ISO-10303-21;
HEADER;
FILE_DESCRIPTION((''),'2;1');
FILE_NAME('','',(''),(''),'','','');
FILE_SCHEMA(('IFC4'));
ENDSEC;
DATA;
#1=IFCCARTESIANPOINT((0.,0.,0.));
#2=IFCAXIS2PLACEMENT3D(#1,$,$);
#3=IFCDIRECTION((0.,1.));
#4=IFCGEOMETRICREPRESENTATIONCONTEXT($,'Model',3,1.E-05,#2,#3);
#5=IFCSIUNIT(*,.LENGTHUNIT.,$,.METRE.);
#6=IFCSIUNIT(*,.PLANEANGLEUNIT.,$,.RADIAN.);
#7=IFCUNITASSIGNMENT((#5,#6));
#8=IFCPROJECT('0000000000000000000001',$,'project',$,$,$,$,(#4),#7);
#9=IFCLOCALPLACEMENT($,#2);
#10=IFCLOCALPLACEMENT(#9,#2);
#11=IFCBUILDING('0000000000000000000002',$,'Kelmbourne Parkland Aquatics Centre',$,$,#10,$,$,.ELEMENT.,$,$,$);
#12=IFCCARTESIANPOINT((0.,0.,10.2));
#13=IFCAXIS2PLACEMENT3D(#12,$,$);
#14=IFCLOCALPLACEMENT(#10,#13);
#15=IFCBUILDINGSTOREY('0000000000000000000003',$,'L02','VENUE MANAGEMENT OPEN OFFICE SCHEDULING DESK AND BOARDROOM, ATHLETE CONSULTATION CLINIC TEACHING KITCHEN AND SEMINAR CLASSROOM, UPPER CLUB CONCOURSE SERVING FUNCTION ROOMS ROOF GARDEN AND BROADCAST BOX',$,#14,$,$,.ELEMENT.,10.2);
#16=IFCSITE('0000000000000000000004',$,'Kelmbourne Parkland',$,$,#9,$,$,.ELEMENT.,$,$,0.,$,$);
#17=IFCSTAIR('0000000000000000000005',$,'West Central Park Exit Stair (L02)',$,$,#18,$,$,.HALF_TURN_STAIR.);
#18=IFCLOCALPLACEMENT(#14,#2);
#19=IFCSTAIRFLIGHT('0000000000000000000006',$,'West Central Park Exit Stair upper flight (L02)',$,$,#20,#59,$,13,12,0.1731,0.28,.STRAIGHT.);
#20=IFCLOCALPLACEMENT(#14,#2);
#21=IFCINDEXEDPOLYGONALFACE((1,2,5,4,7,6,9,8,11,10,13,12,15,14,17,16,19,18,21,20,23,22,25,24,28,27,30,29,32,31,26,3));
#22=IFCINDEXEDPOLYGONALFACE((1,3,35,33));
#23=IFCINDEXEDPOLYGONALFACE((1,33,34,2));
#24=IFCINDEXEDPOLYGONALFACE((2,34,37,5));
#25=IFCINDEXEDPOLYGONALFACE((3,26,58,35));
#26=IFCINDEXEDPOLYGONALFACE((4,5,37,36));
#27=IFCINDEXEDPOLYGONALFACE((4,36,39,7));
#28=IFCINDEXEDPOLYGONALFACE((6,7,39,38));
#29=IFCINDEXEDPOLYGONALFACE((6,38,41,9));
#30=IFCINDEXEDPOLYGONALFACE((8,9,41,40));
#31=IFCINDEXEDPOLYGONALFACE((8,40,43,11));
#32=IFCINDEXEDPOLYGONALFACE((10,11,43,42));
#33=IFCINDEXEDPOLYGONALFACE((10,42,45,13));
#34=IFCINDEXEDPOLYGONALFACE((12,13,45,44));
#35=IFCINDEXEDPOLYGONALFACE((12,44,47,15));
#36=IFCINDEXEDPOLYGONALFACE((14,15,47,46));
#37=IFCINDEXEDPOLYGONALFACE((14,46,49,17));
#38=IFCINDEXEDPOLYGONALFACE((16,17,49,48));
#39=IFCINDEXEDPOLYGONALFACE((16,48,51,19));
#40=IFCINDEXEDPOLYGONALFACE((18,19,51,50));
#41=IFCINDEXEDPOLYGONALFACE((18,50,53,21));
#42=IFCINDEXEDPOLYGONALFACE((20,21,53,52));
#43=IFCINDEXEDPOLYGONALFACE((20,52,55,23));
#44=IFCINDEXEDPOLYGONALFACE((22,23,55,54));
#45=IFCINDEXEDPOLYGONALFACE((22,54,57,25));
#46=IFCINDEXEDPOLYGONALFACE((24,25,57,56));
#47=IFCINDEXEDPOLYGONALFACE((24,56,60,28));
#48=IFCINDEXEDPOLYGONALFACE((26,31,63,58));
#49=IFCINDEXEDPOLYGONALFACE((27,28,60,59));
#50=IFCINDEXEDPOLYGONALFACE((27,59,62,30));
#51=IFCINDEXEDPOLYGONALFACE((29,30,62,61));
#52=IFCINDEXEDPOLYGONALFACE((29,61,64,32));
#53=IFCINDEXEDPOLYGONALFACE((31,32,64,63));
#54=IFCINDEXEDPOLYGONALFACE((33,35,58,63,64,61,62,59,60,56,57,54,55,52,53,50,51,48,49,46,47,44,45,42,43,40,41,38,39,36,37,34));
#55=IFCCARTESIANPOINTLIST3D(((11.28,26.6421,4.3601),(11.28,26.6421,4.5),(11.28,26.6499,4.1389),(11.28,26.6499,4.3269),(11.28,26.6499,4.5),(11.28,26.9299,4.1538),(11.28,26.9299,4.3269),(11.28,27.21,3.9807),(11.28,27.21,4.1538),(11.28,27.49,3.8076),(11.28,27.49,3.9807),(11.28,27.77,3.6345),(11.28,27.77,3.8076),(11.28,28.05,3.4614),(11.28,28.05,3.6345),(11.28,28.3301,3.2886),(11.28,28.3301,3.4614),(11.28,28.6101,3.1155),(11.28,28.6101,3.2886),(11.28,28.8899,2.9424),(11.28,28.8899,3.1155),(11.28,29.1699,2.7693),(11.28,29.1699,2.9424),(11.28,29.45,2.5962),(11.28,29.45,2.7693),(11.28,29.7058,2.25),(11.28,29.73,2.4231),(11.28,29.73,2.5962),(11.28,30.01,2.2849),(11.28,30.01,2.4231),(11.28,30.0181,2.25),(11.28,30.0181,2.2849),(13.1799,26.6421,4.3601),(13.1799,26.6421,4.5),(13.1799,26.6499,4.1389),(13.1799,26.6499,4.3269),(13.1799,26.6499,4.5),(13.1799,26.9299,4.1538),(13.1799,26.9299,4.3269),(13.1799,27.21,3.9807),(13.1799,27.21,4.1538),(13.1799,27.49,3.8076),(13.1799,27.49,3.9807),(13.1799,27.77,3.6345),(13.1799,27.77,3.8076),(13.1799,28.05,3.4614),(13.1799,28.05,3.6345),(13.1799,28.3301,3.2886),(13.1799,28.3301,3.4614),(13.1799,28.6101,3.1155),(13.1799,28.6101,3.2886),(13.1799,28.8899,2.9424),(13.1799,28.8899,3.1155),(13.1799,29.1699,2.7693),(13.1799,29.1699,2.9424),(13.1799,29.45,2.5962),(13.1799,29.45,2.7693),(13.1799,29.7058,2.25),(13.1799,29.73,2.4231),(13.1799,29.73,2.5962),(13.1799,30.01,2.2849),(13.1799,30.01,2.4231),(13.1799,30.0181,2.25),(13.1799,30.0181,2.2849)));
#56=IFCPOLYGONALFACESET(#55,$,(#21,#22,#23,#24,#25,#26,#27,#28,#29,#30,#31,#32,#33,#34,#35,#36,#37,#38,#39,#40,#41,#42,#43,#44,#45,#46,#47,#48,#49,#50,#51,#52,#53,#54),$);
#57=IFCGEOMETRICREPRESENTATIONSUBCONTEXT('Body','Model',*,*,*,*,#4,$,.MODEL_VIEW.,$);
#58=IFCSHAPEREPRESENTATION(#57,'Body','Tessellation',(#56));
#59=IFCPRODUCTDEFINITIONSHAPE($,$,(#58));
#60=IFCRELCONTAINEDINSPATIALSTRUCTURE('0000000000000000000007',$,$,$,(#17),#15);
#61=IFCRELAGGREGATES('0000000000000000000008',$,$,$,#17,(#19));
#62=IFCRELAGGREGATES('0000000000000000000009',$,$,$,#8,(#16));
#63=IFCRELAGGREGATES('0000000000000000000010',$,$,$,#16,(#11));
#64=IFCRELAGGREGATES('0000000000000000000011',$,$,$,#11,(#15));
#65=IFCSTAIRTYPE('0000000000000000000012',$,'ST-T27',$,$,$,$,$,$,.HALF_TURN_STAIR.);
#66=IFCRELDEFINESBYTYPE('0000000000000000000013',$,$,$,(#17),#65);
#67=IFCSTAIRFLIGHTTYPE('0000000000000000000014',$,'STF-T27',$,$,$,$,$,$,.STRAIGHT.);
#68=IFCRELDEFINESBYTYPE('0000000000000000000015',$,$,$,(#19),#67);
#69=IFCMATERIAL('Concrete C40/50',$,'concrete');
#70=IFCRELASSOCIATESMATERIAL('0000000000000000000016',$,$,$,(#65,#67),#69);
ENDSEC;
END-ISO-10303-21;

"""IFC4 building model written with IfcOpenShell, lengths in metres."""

from ifc_helpers import new_model, si_unit, direction, frame, origin, place, context, subcontext, project, spatial, polyline, outline, extrude, material, type_object, element, aggregate, save


model = new_model("IFC4")

# Units and contexts
model_context = context("Model", 3, precision=1e-05, world=origin(), true_north=direction((0.0, 1.0)))
body_context = subcontext(model_context, "Body", "Model", "MODEL_VIEW")
ifc_project = project(units=[si_unit("LENGTHUNIT", "METRE"), si_unit("PLANEANGLEUNIT", "RADIAN")], contexts=[model_context])

# Site, building, storey
site_placement = place(None, origin())
site = spatial("IfcSite", under=ifc_project, at=site_placement, Name="Kelmbourne Parkland", CompositionType="ELEMENT", RefElevation=0.0)
building_placement = place(site_placement, origin())
building = spatial("IfcBuilding", under=site, at=building_placement, Name="Kelmbourne Parkland Aquatics Centre", CompositionType="ELEMENT")
storey_placement = place(building_placement, frame((0.0, 0.0, 10.2)))
storey = spatial("IfcBuildingStorey", under=building, at=storey_placement, Name="L02", Description="VENUE MANAGEMENT OPEN OFFICE SCHEDULING DESK AND BOARDROOM, ATHLETE CONSULTATION CLINIC TEACHING KITCHEN AND SEMINAR CLASSROOM, UPPER CLUB CONCOURSE SERVING FUNCTION ROOMS ROOF GARDEN AND BROADCAST BOX", CompositionType="ELEMENT", Elevation=10.2)

# Shared definitions
ifc_material_1 = material(Name="Concrete C40/50", Category="concrete")

# Stair, stair flight
stair_type_1 = type_object("IfcStairType", Name="ST-T27", PredefinedType="HALF_TURN_STAIR", material=ifc_material_1)
stair_1_placement = place(storey_placement, origin())
stair_1 = element("IfcStair", 1, at=stair_1_placement, inside=storey, type_object=stair_type_1, Name="West Central Park Exit Stair (L02)", PredefinedType="HALF_TURN_STAIR")
stair_flight_type_1 = type_object("IfcStairFlightType", Name="STF-T27", PredefinedType="STRAIGHT", material=ifc_material_1)
stair_flight_1_placement = place(storey_placement, frame((12.23, 30.01, 2.25), z_axis=(0.0, 0.0, 1.0), x_axis=(0.0, -1.0, 0.0)))
stair_flight_1 = element("IfcStairFlight", 2, at=stair_flight_1_placement, type_object=stair_flight_type_1, Name="West Central Park Exit Stair upper flight (L02)", NumberOfRisers=13, NumberOfTreads=12, PredefinedType="STRAIGHT", RiserHeight=0.1731, TreadLength=0.28, context=body_context, shape_type="SweptSolid", body=[
    extrude(outline(polyline([(-0.0081, 0.0), (-0.0081, 0.0349), (0.0, 0.0349), (0.0, 0.1731), (0.28, 0.1731), (0.28, 0.3462), (0.5601, 0.3462), (0.5601, 0.5193), (0.8401, 0.5193), (0.8401, 0.6924), (1.1201, 0.6924), (1.1201, 0.8655), (1.3999, 0.8655), (1.3999, 1.0386), (1.6799, 1.0386), (1.6799, 1.2114), (1.96, 1.2114), (1.96, 1.3845), (2.24, 1.3845), (2.24, 1.5576), (2.52, 1.5576), (2.52, 1.7307), (2.8, 1.7307), (2.8, 1.9038), (3.0801, 1.9038), (3.0801, 2.0769), (3.3601, 2.0769), (3.3601, 2.25), (3.3679, 2.25), (3.3679, 2.1101), (3.3601, 1.8889), (0.3042, 0.0), (-0.0081, 0.0)])), frame((0.0, 0.95, 0.0), z_axis=(0.0, -1.0, 0.0), x_axis=(1.0, 0.0, 0.0)), (0.0, 0.0, 1.0), 1.8999),
])
aggregate(stair_1, [stair_flight_1])

save(model, "model.ifc")
